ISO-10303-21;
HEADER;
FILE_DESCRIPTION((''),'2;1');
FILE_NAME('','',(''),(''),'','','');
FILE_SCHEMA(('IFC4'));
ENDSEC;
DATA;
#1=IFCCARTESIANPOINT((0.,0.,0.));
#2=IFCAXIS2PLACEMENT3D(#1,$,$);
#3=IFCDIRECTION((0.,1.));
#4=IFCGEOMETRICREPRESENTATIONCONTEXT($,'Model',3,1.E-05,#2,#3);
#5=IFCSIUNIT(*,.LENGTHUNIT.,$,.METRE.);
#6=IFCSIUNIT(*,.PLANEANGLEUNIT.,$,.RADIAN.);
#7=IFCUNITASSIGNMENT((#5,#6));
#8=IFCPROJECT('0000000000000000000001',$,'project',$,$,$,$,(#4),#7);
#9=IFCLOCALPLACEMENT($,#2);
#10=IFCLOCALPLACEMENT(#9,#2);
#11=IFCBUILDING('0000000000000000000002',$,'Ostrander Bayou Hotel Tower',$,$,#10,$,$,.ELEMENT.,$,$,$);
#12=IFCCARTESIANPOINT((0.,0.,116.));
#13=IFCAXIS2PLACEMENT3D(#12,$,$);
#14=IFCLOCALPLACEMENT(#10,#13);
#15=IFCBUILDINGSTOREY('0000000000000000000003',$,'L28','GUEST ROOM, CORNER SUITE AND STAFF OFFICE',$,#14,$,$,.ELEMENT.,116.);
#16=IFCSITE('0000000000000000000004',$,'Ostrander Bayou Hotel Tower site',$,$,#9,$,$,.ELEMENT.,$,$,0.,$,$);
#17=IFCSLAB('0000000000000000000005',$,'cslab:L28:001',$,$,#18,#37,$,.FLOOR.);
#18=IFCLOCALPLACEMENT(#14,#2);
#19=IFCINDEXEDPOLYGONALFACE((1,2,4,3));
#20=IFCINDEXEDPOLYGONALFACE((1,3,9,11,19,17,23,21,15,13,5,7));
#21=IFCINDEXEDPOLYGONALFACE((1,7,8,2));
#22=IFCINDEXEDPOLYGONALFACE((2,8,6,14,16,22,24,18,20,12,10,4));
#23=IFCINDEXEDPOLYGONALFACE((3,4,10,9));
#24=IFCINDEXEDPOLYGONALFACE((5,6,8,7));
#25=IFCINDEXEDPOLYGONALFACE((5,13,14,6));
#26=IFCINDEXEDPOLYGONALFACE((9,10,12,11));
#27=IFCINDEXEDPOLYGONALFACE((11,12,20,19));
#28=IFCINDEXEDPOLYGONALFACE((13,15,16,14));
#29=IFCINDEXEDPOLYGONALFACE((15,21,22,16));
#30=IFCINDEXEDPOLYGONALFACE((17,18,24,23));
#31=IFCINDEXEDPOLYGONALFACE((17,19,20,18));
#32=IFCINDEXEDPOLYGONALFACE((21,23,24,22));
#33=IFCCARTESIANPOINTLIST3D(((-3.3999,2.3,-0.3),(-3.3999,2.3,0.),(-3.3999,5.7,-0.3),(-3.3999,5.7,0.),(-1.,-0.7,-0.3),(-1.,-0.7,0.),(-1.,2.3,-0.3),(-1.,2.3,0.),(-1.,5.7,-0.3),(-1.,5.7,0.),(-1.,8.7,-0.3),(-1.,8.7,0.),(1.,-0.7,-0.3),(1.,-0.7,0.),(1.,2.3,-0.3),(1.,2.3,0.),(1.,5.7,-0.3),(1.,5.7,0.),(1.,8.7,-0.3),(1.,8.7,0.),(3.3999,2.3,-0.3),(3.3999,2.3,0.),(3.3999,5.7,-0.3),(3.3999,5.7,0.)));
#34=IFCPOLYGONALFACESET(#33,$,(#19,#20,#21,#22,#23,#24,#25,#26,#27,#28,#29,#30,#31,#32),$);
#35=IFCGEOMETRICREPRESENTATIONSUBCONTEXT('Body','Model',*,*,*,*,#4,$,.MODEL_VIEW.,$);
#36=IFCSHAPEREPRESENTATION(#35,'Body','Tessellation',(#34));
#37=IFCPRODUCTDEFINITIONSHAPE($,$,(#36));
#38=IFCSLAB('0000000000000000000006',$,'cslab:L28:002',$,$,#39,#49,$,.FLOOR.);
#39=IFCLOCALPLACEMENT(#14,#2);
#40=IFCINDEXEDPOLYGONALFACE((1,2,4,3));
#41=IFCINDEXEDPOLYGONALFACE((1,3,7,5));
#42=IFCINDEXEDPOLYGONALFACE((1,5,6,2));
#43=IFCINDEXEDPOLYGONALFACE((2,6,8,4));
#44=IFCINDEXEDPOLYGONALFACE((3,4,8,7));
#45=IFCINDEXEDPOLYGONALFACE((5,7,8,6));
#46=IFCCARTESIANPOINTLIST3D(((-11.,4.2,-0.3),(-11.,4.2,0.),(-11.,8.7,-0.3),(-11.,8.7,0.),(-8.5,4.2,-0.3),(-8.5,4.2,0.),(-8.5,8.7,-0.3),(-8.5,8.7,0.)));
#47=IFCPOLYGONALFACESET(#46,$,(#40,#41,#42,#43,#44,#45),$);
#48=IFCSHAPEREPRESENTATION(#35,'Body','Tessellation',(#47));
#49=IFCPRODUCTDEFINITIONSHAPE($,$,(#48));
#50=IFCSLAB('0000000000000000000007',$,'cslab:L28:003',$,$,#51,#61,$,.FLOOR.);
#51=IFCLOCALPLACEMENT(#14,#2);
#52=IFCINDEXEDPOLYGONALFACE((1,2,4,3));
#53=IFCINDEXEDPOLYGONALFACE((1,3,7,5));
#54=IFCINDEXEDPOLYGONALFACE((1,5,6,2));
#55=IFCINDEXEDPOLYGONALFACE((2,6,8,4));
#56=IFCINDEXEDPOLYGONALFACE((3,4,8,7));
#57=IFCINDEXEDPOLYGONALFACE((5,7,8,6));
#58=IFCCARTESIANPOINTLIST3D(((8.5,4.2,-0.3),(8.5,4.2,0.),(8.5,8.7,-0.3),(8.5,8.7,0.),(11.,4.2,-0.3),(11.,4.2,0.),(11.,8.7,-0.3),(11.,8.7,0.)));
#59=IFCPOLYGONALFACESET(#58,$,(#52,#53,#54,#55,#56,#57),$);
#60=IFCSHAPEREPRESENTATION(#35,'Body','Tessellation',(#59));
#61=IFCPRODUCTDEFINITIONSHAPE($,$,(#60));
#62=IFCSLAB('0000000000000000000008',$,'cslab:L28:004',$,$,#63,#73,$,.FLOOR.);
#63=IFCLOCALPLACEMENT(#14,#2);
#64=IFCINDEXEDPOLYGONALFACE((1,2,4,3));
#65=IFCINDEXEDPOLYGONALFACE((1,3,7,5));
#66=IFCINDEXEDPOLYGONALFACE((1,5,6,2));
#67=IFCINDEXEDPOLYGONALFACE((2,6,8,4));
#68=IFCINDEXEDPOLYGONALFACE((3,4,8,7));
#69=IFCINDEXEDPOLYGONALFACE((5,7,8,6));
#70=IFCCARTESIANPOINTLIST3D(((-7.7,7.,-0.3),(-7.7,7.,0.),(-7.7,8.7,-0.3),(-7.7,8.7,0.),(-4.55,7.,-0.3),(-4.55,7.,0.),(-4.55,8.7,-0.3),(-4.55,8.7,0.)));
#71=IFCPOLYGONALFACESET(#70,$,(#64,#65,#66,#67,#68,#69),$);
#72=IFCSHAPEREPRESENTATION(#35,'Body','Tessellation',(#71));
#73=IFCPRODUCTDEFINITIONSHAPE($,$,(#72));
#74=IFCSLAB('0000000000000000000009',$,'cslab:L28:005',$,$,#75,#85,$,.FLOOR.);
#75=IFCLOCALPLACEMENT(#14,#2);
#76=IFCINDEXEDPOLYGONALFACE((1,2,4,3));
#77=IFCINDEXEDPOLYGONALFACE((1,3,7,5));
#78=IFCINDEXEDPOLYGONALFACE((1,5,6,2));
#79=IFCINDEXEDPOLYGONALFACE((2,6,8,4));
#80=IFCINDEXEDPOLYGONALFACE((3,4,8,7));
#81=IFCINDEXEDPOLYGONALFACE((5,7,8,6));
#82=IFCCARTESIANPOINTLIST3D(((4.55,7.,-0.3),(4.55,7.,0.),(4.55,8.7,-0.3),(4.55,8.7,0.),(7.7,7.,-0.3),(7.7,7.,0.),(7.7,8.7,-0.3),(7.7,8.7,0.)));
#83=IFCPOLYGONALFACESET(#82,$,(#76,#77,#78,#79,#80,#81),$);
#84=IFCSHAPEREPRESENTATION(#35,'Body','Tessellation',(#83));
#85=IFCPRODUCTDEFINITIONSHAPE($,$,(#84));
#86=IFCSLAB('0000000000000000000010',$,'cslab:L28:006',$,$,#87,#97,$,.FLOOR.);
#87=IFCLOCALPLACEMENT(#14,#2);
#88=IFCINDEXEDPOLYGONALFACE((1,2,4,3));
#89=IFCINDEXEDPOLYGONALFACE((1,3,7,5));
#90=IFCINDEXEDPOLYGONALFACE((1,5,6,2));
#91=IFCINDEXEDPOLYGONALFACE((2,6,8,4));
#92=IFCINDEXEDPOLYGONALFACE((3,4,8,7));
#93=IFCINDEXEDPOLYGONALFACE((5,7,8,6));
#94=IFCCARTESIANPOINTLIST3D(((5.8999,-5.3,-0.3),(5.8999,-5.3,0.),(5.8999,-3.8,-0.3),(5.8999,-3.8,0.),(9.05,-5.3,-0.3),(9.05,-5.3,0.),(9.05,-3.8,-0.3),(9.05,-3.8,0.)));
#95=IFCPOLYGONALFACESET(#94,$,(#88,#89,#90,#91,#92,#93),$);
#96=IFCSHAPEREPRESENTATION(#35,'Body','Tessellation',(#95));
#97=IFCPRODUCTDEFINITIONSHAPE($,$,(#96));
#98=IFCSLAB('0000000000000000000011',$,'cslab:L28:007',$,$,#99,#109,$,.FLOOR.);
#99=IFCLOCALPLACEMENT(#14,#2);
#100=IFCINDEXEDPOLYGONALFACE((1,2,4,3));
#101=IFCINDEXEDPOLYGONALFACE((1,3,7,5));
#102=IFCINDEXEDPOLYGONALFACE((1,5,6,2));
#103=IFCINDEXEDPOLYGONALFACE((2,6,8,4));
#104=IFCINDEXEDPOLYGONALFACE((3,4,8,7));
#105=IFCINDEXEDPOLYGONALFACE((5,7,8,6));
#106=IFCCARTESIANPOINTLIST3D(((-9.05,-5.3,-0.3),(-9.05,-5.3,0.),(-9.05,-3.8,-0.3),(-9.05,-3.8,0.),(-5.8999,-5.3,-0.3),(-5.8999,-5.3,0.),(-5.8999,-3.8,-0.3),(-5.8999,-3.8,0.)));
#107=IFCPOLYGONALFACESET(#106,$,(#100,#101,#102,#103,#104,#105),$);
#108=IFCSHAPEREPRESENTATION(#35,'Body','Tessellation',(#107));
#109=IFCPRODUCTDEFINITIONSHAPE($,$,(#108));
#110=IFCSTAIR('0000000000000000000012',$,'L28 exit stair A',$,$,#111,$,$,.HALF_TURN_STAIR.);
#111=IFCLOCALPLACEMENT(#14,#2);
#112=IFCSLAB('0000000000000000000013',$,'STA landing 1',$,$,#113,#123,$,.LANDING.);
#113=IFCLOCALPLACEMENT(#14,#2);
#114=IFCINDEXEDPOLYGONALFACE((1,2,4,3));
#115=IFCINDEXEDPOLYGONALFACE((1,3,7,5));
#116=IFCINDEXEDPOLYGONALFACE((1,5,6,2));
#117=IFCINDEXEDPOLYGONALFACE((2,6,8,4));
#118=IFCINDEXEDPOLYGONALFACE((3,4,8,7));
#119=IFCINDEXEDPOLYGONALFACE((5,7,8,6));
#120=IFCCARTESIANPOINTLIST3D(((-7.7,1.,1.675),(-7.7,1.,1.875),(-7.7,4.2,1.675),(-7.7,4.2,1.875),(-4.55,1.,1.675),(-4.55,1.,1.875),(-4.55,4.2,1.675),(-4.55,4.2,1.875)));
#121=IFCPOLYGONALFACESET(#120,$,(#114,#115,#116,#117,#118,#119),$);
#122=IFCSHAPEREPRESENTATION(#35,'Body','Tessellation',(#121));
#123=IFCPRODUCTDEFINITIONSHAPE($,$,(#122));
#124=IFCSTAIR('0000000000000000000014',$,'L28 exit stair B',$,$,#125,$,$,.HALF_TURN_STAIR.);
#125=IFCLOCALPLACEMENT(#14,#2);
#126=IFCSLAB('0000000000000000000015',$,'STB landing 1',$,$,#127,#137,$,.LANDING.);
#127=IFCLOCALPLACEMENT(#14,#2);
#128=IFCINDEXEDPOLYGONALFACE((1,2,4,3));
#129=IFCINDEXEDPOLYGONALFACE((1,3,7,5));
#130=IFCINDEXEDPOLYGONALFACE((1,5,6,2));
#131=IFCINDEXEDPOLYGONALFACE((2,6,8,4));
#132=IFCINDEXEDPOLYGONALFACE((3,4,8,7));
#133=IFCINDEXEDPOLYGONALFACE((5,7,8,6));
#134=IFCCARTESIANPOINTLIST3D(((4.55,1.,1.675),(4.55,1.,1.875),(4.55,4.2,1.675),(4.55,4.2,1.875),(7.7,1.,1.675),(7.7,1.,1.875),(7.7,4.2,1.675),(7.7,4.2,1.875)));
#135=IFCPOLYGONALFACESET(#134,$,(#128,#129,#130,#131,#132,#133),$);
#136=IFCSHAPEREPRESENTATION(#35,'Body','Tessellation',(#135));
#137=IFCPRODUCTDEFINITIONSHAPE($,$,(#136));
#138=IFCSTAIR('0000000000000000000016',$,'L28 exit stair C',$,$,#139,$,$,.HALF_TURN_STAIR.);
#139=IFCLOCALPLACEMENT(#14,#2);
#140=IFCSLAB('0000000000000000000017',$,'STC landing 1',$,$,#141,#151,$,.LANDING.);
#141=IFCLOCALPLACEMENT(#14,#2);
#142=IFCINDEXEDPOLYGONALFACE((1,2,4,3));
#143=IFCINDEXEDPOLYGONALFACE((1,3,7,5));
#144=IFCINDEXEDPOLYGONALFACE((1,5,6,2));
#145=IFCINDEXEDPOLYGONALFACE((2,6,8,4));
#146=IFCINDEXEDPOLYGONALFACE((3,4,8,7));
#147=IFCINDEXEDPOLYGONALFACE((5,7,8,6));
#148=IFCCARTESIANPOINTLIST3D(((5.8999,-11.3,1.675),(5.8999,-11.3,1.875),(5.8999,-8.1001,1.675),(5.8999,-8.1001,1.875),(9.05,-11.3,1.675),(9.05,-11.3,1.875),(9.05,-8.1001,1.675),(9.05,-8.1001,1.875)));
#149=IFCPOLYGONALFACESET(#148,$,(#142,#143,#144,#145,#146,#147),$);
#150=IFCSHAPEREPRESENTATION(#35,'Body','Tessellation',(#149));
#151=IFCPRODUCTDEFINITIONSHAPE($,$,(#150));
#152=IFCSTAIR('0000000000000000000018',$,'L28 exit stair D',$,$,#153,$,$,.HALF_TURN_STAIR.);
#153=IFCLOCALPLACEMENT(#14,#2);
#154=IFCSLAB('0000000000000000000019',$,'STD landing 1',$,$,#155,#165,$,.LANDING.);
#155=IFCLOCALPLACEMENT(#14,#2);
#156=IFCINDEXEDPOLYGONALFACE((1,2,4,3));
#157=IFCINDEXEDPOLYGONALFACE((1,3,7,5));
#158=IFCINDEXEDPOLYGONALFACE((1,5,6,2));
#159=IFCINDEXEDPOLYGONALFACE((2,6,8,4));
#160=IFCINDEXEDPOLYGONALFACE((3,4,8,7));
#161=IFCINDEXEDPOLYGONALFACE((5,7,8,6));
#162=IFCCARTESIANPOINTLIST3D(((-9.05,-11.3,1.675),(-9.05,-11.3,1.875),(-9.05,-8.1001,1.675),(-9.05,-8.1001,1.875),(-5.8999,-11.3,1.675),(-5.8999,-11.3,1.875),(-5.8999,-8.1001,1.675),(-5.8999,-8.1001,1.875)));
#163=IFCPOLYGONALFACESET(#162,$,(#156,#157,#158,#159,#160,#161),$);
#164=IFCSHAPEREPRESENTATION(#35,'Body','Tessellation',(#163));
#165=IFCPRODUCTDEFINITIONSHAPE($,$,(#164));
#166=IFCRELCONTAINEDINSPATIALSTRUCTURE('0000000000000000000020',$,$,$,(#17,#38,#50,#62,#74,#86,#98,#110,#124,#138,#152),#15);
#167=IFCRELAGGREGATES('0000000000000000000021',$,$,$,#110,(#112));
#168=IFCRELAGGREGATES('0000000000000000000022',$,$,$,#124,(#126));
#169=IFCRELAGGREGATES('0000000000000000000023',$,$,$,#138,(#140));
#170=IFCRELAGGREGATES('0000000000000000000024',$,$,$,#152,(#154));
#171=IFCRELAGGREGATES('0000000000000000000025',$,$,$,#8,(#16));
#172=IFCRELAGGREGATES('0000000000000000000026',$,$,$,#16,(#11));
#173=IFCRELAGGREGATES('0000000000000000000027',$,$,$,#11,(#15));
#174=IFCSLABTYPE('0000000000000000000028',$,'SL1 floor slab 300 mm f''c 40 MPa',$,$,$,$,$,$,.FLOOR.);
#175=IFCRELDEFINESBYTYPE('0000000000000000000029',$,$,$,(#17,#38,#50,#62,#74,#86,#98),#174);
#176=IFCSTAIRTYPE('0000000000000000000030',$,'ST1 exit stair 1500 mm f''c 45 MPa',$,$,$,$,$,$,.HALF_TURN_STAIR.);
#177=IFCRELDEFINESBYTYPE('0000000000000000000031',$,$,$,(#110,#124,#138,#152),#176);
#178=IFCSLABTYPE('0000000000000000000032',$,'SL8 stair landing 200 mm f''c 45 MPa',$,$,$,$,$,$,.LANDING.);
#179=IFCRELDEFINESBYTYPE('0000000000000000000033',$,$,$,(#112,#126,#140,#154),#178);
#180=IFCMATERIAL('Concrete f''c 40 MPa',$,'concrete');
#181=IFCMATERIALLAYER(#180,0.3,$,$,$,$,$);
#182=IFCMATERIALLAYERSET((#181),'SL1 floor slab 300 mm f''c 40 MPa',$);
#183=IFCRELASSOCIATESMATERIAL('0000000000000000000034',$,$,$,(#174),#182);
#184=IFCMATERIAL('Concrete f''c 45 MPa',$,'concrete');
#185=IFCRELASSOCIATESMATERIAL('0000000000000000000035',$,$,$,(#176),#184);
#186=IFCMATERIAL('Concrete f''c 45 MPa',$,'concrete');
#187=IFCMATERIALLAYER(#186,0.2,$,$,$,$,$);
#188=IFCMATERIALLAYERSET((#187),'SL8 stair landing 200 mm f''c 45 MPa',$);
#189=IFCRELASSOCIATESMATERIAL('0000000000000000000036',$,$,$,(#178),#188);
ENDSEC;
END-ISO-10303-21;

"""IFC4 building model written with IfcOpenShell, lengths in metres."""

from ifc_helpers import new_model, si_unit, direction, frame, origin, place, context, subcontext, project, spatial, polyline, outline, extrude, material, layer, layer_set, type_object, element, aggregate, save


model = new_model("IFC4")

# Units and contexts
model_context = context("Model", 3, precision=1e-05, world=origin(), true_north=direction((0.0, 1.0)))
body_context = subcontext(model_context, "Body", "Model", "MODEL_VIEW")
ifc_project = project(units=[si_unit("LENGTHUNIT", "METRE"), si_unit("PLANEANGLEUNIT", "RADIAN")], contexts=[model_context])

# Site, building, storey
site_placement = place(None, origin())
site = spatial("IfcSite", under=ifc_project, at=site_placement, Name="Ostrander Bayou Hotel Tower site", CompositionType="ELEMENT", RefElevation=0.0)
building_placement = place(site_placement, origin())
building = spatial("IfcBuilding", under=site, at=building_placement, Name="Ostrander Bayou Hotel Tower", CompositionType="ELEMENT")
storey_placement = place(building_placement, frame((0.0, 0.0, 116.0)))
storey = spatial("IfcBuildingStorey", under=building, at=storey_placement, Name="L28", Description="GUEST ROOM, CORNER SUITE AND STAFF OFFICE", CompositionType="ELEMENT", Elevation=116.0)

# Slabs
ifc_material_1 = material(Name="Concrete f'c 40 MPa", Category="concrete")
ifc_layer_1 = layer(ifc_material_1, 0.3)
ifc_layer_set_1 = layer_set([ifc_layer_1], Name="SL1 floor slab 300 mm f'c 40 MPa")
slab_type_1 = type_object("IfcSlabType", Name="SL1 floor slab 300 mm f'c 40 MPa", PredefinedType="FLOOR", material=ifc_layer_set_1)
slab_1_placement = place(storey_placement, frame((0.0, 0.0, -0.3)))
element("IfcSlab", 1, at=slab_1_placement, inside=storey, type_object=slab_type_1, Name="cslab:L28:001", PredefinedType="FLOOR", context=body_context, shape_type="SweptSolid", body=[
    extrude(outline(polyline([(-3.3999, 5.7), (-1.0, 5.7), (-1.0, 8.7), (1.0, 8.7), (1.0, 5.7), (3.3999, 5.7), (3.3999, 2.3), (1.0, 2.3), (1.0, -0.7), (-1.0, -0.7), (-1.0, 2.3), (-3.3999, 2.3), (-3.3999, 5.7)])), origin(), (0.0, 0.0, 1.0), 0.3),
])
slab_2_placement = place(storey_placement, frame((0.0, 0.0, -0.3)))
element("IfcSlab", 2, at=slab_2_placement, inside=storey, type_object=slab_type_1, Name="cslab:L28:002", PredefinedType="FLOOR", context=body_context, shape_type="SweptSolid", body=[
    extrude(outline(polyline([(-8.5, 4.2), (-8.5, 8.7), (-11.0, 8.7), (-11.0, 4.2), (-8.5, 4.2)])), origin(), (0.0, 0.0, 1.0), 0.3),
])
slab_3_placement = place(storey_placement, frame((0.0, 0.0, -0.3)))
element("IfcSlab", 3, at=slab_3_placement, inside=storey, type_object=slab_type_1, Name="cslab:L28:003", PredefinedType="FLOOR", context=body_context, shape_type="SweptSolid", body=[
    extrude(outline(polyline([(11.0, 4.2), (11.0, 8.7), (8.5, 8.7), (8.5, 4.2), (11.0, 4.2)])), origin(), (0.0, 0.0, 1.0), 0.3),
])
slab_4_placement = place(storey_placement, frame((0.0, 0.0, -0.3)))
element("IfcSlab", 4, at=slab_4_placement, inside=storey, type_object=slab_type_1, Name="cslab:L28:004", PredefinedType="FLOOR", context=body_context, shape_type="SweptSolid", body=[
    extrude(outline(polyline([(-4.55, 7.0), (-4.55, 8.7), (-7.7, 8.7), (-7.7, 7.0), (-4.55, 7.0)])), origin(), (0.0, 0.0, 1.0), 0.3),
])
slab_5_placement = place(storey_placement, frame((0.0, 0.0, -0.3)))
element("IfcSlab", 5, at=slab_5_placement, inside=storey, type_object=slab_type_1, Name="cslab:L28:005", PredefinedType="FLOOR", context=body_context, shape_type="SweptSolid", body=[
    extrude(outline(polyline([(7.7, 7.0), (7.7, 8.7), (4.55, 8.7), (4.55, 7.0), (7.7, 7.0)])), origin(), (0.0, 0.0, 1.0), 0.3),
])
slab_6_placement = place(storey_placement, frame((0.0, 0.0, -0.3)))
element("IfcSlab", 6, at=slab_6_placement, inside=storey, type_object=slab_type_1, Name="cslab:L28:006", PredefinedType="FLOOR", context=body_context, shape_type="SweptSolid", body=[
    extrude(outline(polyline([(9.05, -5.3), (9.05, -3.8), (5.8999, -3.8), (5.8999, -5.3), (9.05, -5.3)])), origin(), (0.0, 0.0, 1.0), 0.3),
])
slab_7_placement = place(storey_placement, frame((0.0, 0.0, -0.3)))
element("IfcSlab", 7, at=slab_7_placement, inside=storey, type_object=slab_type_1, Name="cslab:L28:007", PredefinedType="FLOOR", context=body_context, shape_type="SweptSolid", body=[
    extrude(outline(polyline([(-5.8999, -5.3), (-5.8999, -3.8), (-9.05, -3.8), (-9.05, -5.3), (-5.8999, -5.3)])), origin(), (0.0, 0.0, 1.0), 0.3),
])

# Stairs, slabs
ifc_material_2 = material(Name="Concrete f'c 45 MPa", Category="concrete")
stair_type = type_object("IfcStairType", Name="ST1 exit stair 1500 mm f'c 45 MPa", PredefinedType="HALF_TURN_STAIR", material=ifc_material_2)
stair_1_placement = place(storey_placement, origin())
stair_1 = element("IfcStair", 8, at=stair_1_placement, inside=storey, type_object=stair_type, Name="L28 exit stair A", PredefinedType="HALF_TURN_STAIR")
ifc_material_3 = material(Name="Concrete f'c 45 MPa", Category="concrete")
ifc_layer_2 = layer(ifc_material_3, 0.2)
ifc_layer_set_2 = layer_set([ifc_layer_2], Name="SL8 stair landing 200 mm f'c 45 MPa")
slab_type_2 = type_object("IfcSlabType", Name="SL8 stair landing 200 mm f'c 45 MPa", PredefinedType="LANDING", material=ifc_layer_set_2)
slab_8_placement = place(storey_placement, frame((0.0, 0.0, 1.675)))
slab_8 = element("IfcSlab", 9, at=slab_8_placement, type_object=slab_type_2, Name="STA landing 1", PredefinedType="LANDING", context=body_context, shape_type="SweptSolid", body=[
    extrude(outline(polyline([(-7.7, 4.2), (-7.7, 1.0), (-4.55, 1.0), (-4.55, 4.2), (-7.7, 4.2)])), origin(), (0.0, 0.0, 1.0), 0.2),
])
aggregate(stair_1, [slab_8])
stair_2_placement = place(storey_placement, origin())
stair_2 = element("IfcStair", 10, at=stair_2_placement, inside=storey, type_object=stair_type, Name="L28 exit stair B", PredefinedType="HALF_TURN_STAIR")
slab_9_placement = place(storey_placement, frame((0.0, 0.0, 1.675)))
slab_9 = element("IfcSlab", 11, at=slab_9_placement, type_object=slab_type_2, Name="STB landing 1", PredefinedType="LANDING", context=body_context, shape_type="SweptSolid", body=[
    extrude(outline(polyline([(4.55, 4.2), (4.55, 1.0), (7.7, 1.0), (7.7, 4.2), (4.55, 4.2)])), origin(), (0.0, 0.0, 1.0), 0.2),
])
aggregate(stair_2, [slab_9])
stair_3_placement = place(storey_placement, origin())
stair_3 = element("IfcStair", 12, at=stair_3_placement, inside=storey, type_object=stair_type, Name="L28 exit stair C", PredefinedType="HALF_TURN_STAIR")
slab_10_placement = place(storey_placement, frame((0.0, 0.0, 1.675)))
slab_10 = element("IfcSlab", 13, at=slab_10_placement, type_object=slab_type_2, Name="STC landing 1", PredefinedType="LANDING", context=body_context, shape_type="SweptSolid", body=[
    extrude(outline(polyline([(5.8999, -8.1001), (5.8999, -11.3), (9.05, -11.3), (9.05, -8.1001), (5.8999, -8.1001)])), origin(), (0.0, 0.0, 1.0), 0.2),
])
aggregate(stair_3, [slab_10])
stair_4_placement = place(storey_placement, origin())
stair_4 = element("IfcStair", 14, at=stair_4_placement, inside=storey, type_object=stair_type, Name="L28 exit stair D", PredefinedType="HALF_TURN_STAIR")
slab_11_placement = place(storey_placement, frame((0.0, 0.0, 1.675)))
slab_11 = element("IfcSlab", 15, at=slab_11_placement, type_object=slab_type_2, Name="STD landing 1", PredefinedType="LANDING", context=body_context, shape_type="SweptSolid", body=[
    extrude(outline(polyline([(-9.05, -8.1001), (-9.05, -11.3), (-5.8999, -11.3), (-5.8999, -8.1001), (-9.05, -8.1001)])), origin(), (0.0, 0.0, 1.0), 0.2),
])
aggregate(stair_4, [slab_11])

save(model, "model.ifc")
